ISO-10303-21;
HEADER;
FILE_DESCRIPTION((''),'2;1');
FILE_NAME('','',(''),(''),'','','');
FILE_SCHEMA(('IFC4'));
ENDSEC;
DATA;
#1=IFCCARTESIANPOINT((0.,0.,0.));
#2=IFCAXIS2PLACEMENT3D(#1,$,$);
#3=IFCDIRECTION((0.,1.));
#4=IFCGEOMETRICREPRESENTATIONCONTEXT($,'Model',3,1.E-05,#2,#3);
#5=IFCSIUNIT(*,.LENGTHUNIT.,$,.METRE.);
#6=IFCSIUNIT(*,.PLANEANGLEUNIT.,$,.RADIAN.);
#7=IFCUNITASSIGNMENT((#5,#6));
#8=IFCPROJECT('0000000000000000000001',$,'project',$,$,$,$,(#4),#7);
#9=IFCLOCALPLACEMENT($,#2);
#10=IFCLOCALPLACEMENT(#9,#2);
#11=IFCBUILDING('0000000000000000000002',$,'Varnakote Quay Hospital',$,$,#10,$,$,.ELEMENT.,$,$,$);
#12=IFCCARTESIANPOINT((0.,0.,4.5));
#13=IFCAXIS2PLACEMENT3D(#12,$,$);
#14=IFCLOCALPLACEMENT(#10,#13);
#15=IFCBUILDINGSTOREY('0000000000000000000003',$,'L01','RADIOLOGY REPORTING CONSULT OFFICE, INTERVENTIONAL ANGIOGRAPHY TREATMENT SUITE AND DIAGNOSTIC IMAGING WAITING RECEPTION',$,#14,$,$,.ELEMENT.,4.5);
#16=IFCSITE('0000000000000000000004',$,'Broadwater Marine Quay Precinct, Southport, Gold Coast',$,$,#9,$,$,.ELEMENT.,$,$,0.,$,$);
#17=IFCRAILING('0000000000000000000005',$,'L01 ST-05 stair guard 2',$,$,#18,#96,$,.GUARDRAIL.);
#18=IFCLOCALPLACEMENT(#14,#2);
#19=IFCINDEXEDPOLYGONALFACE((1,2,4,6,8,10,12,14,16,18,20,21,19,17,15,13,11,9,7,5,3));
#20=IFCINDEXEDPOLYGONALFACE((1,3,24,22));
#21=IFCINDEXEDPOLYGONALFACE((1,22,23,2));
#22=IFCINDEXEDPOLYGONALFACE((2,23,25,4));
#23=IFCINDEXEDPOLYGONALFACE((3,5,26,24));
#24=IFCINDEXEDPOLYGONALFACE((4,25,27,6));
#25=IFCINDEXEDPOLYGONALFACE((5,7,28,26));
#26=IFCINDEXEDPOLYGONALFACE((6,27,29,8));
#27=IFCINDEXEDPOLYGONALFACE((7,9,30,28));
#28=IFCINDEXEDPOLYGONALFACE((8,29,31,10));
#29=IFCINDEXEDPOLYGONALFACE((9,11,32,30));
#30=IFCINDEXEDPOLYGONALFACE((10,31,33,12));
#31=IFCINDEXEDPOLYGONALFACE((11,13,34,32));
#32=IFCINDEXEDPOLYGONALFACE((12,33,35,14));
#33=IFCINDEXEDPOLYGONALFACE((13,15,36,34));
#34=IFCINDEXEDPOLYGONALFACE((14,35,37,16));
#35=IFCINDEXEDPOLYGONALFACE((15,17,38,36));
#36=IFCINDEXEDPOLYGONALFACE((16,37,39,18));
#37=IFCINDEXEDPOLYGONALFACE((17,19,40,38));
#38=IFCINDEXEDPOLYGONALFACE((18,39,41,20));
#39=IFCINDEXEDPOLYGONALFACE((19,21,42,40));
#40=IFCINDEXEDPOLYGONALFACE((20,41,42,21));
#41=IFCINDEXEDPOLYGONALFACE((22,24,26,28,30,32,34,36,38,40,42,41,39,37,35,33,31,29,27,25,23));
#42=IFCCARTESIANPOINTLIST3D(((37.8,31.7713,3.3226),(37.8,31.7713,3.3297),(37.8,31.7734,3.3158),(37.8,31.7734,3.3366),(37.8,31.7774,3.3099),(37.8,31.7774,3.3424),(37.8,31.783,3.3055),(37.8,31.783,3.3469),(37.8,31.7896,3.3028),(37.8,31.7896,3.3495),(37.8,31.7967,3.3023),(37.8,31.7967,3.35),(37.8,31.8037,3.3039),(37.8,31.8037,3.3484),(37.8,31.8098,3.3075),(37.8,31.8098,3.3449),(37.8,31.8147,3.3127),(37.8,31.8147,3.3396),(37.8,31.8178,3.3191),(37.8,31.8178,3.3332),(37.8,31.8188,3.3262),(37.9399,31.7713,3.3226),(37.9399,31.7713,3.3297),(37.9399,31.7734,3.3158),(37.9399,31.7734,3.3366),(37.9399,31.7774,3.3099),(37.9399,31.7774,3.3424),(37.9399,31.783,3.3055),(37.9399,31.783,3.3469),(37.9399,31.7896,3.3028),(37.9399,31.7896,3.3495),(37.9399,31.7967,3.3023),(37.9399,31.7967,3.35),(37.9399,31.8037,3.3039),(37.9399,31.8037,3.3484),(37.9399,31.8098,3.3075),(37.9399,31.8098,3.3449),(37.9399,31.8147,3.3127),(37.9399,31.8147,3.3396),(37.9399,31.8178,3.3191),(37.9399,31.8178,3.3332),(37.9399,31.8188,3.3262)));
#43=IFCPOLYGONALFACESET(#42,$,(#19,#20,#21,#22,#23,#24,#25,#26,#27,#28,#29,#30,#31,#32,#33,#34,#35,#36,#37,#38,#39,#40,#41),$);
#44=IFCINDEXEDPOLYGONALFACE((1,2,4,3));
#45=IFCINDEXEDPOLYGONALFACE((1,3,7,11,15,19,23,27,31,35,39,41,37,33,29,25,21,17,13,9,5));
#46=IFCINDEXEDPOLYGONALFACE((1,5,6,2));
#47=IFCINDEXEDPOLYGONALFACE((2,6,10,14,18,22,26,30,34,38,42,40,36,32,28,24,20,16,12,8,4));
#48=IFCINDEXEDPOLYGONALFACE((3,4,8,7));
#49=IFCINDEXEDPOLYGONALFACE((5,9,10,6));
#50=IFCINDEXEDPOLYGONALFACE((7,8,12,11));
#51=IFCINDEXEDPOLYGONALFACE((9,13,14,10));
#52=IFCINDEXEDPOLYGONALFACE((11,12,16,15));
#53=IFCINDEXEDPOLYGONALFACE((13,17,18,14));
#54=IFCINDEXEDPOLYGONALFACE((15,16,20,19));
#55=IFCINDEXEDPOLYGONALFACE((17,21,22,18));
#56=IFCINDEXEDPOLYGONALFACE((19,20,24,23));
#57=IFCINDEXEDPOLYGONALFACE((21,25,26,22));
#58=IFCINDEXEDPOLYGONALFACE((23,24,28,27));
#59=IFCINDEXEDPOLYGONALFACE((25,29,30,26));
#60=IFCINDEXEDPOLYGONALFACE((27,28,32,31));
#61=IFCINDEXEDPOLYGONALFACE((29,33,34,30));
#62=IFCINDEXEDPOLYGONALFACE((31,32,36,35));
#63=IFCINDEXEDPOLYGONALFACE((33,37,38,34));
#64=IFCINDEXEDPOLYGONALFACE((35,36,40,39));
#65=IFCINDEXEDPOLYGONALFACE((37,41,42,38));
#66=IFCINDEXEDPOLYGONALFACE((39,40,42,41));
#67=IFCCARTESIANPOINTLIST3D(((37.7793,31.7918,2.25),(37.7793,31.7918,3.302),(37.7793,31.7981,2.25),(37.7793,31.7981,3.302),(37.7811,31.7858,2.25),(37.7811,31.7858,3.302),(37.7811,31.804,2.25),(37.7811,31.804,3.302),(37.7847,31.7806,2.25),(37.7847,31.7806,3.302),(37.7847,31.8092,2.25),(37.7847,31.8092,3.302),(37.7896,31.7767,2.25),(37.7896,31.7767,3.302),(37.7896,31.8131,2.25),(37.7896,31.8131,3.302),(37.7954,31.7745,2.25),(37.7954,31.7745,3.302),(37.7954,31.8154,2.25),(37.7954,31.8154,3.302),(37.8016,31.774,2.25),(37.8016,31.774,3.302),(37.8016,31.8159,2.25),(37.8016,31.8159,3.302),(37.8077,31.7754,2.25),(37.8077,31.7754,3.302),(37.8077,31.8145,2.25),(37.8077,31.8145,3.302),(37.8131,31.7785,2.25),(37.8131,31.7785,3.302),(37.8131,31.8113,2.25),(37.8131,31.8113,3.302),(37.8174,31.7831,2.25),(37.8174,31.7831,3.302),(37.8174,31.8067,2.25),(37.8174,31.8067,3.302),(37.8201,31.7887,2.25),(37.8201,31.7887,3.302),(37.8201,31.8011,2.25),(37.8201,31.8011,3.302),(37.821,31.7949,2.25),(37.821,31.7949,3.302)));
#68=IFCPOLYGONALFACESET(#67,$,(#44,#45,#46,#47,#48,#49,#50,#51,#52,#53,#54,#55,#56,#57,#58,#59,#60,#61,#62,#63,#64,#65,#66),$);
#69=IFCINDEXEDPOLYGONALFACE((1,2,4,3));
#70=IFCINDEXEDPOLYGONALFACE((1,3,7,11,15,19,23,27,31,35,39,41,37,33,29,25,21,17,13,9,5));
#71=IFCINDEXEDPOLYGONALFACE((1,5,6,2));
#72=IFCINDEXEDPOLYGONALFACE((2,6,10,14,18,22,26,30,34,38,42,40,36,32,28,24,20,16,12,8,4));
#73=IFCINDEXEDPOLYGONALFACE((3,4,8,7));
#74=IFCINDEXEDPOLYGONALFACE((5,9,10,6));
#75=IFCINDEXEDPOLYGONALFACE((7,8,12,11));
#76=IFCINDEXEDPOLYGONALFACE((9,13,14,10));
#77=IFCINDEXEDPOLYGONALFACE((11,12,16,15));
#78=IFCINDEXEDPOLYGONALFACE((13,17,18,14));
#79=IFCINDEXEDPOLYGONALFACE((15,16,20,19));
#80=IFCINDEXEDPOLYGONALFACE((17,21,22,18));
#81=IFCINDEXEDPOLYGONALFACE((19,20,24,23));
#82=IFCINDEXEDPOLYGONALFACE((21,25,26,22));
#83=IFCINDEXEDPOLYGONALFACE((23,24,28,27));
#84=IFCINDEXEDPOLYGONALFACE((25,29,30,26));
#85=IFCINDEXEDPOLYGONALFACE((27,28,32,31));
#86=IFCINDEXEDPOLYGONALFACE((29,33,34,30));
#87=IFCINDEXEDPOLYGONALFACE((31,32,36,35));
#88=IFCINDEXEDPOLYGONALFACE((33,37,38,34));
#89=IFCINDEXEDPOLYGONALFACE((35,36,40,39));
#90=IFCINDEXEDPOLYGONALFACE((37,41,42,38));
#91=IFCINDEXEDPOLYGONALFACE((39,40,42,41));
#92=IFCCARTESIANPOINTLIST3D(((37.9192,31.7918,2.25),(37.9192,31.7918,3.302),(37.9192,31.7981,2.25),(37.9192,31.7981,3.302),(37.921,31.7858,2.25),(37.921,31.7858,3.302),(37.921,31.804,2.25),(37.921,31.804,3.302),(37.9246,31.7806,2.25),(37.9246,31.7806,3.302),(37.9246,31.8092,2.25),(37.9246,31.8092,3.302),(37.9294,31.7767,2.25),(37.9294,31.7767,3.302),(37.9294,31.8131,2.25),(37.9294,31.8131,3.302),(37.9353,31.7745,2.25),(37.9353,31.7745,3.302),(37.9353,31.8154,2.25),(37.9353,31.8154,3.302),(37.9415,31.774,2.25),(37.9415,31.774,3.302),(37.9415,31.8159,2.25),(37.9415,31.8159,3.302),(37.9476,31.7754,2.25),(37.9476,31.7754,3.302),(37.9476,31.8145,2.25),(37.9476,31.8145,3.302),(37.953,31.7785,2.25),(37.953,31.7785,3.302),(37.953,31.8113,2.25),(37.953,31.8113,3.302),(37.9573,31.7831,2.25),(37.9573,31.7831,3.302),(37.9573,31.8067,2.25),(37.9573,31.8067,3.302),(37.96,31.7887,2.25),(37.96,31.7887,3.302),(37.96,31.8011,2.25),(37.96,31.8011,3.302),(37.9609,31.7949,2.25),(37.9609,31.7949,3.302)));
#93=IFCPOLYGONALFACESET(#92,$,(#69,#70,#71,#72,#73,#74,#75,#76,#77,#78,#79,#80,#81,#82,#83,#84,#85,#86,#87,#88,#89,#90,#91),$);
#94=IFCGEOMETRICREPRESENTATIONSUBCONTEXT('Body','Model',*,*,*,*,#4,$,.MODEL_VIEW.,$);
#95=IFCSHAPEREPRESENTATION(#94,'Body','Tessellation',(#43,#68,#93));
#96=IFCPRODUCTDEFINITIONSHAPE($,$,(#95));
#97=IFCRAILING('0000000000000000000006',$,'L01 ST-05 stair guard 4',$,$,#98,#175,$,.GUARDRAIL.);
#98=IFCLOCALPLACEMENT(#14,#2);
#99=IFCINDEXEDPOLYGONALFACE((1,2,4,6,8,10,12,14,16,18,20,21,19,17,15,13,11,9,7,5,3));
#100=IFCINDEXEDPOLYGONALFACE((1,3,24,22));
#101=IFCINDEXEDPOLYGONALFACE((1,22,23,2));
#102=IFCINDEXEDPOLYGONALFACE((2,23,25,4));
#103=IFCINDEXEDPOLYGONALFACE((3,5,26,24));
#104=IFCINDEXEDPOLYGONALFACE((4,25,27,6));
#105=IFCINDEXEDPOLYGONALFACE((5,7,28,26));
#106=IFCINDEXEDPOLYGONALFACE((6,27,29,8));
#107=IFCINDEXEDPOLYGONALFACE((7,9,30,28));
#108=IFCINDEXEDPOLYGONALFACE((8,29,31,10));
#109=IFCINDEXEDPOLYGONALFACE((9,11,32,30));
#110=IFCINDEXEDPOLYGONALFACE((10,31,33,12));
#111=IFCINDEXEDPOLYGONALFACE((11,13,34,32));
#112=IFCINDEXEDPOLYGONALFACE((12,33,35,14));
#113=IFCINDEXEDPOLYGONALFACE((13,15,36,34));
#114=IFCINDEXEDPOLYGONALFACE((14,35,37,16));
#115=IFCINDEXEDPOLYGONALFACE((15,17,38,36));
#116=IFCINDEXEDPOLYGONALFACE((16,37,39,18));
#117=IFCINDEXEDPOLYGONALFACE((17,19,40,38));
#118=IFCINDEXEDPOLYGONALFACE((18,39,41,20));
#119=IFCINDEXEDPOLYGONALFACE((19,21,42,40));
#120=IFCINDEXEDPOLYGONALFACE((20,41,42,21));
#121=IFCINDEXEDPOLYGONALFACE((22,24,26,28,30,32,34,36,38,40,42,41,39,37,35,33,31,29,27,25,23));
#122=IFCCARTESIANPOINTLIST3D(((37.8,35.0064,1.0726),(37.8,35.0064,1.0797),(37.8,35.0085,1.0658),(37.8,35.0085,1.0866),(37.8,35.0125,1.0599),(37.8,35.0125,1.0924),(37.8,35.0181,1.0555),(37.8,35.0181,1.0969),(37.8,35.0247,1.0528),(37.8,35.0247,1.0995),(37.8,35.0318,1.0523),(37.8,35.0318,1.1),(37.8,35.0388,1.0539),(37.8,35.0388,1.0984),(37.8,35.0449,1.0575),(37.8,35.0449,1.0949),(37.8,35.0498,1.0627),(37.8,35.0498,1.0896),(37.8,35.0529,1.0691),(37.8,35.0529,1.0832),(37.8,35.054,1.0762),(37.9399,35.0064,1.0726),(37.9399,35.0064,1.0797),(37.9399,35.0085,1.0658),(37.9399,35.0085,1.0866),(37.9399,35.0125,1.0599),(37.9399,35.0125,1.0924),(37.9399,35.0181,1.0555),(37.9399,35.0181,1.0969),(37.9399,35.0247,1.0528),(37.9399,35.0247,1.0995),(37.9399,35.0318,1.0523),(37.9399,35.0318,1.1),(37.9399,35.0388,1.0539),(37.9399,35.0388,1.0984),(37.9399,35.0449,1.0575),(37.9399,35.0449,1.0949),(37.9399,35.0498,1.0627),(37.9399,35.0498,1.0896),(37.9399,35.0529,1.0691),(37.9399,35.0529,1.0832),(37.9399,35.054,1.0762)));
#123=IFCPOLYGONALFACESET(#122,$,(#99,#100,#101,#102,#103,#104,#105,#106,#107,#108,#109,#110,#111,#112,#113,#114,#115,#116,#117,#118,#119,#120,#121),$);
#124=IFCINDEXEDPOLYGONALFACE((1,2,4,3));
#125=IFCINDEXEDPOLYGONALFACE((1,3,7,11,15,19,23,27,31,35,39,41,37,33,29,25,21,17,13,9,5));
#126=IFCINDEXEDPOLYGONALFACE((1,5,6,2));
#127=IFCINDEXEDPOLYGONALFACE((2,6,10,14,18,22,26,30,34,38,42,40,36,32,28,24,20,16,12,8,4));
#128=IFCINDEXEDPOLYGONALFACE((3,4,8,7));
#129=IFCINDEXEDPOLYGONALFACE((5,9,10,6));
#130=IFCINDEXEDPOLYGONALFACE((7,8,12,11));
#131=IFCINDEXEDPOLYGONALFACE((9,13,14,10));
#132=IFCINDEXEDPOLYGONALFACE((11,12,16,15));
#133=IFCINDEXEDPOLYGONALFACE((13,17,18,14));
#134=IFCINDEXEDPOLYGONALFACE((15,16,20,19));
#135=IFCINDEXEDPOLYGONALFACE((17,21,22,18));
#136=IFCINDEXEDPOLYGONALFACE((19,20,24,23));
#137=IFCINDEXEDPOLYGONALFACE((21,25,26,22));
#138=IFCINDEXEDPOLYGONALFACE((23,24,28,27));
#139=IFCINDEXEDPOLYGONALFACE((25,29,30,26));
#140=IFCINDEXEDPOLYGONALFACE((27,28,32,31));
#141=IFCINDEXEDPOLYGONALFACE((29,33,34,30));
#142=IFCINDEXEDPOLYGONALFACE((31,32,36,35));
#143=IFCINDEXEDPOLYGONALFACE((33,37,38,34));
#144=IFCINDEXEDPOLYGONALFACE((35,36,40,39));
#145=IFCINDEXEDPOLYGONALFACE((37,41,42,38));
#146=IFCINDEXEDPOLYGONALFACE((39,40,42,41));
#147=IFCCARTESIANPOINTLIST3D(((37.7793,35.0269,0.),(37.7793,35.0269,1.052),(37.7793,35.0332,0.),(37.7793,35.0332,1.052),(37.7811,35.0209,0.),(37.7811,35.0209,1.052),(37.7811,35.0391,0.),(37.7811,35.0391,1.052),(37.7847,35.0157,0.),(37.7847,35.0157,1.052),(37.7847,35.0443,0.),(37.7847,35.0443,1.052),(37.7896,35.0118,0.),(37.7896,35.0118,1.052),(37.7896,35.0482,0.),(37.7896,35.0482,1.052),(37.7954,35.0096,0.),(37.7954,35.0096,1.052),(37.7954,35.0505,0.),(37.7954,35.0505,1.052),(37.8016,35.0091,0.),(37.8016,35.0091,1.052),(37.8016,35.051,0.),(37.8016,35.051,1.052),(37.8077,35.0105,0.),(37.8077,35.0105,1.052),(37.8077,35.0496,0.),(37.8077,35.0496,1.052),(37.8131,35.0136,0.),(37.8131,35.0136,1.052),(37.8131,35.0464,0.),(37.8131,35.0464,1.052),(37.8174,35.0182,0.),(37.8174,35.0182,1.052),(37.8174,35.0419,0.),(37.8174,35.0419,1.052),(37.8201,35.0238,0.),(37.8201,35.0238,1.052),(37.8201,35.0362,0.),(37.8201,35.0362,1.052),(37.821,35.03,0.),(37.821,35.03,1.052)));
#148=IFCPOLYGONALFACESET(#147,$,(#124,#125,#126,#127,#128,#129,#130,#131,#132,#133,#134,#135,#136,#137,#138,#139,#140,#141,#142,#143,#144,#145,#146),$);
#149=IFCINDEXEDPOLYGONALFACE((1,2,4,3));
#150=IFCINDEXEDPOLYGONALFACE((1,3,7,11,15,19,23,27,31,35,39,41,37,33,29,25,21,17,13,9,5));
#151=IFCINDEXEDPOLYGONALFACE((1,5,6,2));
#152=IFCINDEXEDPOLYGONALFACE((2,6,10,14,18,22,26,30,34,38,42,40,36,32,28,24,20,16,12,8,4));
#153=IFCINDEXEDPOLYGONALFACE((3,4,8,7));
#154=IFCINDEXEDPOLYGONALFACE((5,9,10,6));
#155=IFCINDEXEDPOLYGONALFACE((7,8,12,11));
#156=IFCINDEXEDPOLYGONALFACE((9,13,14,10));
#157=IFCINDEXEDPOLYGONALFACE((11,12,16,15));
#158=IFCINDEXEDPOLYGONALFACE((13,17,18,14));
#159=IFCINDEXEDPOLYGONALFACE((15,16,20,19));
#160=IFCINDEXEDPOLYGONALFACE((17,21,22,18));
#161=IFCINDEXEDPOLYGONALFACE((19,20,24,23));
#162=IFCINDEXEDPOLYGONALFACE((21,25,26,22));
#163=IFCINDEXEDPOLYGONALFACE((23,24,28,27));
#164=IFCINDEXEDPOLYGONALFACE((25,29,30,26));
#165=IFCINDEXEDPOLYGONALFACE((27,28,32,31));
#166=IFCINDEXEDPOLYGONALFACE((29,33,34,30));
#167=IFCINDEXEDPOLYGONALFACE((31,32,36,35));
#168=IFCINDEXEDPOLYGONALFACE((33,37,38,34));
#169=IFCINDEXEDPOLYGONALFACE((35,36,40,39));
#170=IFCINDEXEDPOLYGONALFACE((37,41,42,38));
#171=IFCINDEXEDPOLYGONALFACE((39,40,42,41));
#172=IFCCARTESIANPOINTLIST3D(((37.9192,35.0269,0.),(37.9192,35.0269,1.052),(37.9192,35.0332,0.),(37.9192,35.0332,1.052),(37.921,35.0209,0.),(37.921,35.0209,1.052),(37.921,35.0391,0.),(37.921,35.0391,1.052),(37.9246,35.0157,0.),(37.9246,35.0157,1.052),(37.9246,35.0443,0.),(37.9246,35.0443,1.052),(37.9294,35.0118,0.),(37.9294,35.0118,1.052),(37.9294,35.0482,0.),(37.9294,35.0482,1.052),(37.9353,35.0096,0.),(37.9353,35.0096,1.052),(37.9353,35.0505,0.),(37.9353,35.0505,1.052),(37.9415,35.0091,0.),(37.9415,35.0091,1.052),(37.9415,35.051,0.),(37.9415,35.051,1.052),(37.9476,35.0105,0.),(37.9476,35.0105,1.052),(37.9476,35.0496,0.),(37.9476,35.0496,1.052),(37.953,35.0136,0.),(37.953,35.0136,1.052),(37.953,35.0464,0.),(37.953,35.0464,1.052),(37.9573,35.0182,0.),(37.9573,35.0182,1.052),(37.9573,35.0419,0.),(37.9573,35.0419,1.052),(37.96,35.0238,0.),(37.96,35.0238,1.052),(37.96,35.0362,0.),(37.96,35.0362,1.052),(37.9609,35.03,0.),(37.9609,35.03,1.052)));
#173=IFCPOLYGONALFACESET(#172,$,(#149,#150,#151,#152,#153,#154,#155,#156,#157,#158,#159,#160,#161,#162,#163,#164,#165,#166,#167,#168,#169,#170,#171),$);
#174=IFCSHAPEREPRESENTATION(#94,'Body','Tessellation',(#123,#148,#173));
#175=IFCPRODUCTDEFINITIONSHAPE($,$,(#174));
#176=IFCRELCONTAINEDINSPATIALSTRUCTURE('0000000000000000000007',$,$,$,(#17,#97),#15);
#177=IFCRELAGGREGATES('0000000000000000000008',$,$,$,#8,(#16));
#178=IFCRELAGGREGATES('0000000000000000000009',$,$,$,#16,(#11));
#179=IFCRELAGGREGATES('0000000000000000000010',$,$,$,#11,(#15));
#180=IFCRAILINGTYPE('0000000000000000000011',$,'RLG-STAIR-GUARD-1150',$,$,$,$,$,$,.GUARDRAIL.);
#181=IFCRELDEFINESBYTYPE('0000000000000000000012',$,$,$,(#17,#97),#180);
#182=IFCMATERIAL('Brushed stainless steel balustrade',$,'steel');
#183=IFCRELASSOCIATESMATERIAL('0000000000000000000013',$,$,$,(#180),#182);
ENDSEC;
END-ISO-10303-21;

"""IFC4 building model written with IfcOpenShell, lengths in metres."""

from ifc_helpers import new_model, si_unit, direction, frame, origin, origin_2d, place, context, subcontext, project, spatial, circle, extrude, material, type_object, element, save


model = new_model("IFC4")

# Units and contexts
model_context = context("Model", 3, precision=1e-05, world=origin(), true_north=direction((0.0, 1.0)))
body_context = subcontext(model_context, "Body", "Model", "MODEL_VIEW")
ifc_project = project(units=[si_unit("LENGTHUNIT", "METRE"), si_unit("PLANEANGLEUNIT", "RADIAN")], contexts=[model_context])

# Site, building, storey
site_placement = place(None, origin())
site = spatial("IfcSite", under=ifc_project, at=site_placement, Name="Broadwater Marine Quay Precinct, Southport, Gold Coast", CompositionType="ELEMENT", RefElevation=0.0)
building_placement = place(site_placement, origin())
building = spatial("IfcBuilding", under=site, at=building_placement, Name="Varnakote Quay Hospital", CompositionType="ELEMENT")
storey_placement = place(building_placement, frame((0.0, 0.0, 4.5)))
storey = spatial("IfcBuildingStorey", under=building, at=storey_placement, Name="L01", Description="RADIOLOGY REPORTING CONSULT OFFICE, INTERVENTIONAL ANGIOGRAPHY TREATMENT SUITE AND DIAGNOSTIC IMAGING WAITING RECEPTION", CompositionType="ELEMENT", Elevation=4.5)

# Railings
ifc_material_1 = material(Name="Brushed stainless steel balustrade", Category="steel")
railing_type_1 = type_object("IfcRailingType", Name="RLG-STAIR-GUARD-1150", PredefinedType="GUARDRAIL", material=ifc_material_1)
for number, where, name in (
    (1, (37.8, 31.7949, 2.25), "L01 ST-05 stair guard 2"),
    (2, (37.8, 35.03, 0.0), "L01 ST-05 stair guard 4"),
):
    element("IfcRailing", number, at=place(storey_placement, frame(where)), inside=storey, type_object=railing_type_1, Name=name, PredefinedType="GUARDRAIL", context=body_context, shape_type="SweptSolid", body=[
        extrude(circle(Radius=0.0239, at=origin_2d()), frame((0.0, 0.0, 1.0762), z_axis=(1.0, 0.0, 0.0), x_axis=(0.0, 1.0, 0.0)), (0.0, 0.0, 1.0), 0.1399),
        extrude(circle(Radius=0.021, at=origin_2d()), origin(), (0.0, 0.0, 1.0), 1.052),
        extrude(circle(Radius=0.021, at=origin_2d()), frame((0.1399, 0.0, 0.0)), (0.0, 0.0, 1.0), 1.052),
    ])

save(model, "model.ifc")
